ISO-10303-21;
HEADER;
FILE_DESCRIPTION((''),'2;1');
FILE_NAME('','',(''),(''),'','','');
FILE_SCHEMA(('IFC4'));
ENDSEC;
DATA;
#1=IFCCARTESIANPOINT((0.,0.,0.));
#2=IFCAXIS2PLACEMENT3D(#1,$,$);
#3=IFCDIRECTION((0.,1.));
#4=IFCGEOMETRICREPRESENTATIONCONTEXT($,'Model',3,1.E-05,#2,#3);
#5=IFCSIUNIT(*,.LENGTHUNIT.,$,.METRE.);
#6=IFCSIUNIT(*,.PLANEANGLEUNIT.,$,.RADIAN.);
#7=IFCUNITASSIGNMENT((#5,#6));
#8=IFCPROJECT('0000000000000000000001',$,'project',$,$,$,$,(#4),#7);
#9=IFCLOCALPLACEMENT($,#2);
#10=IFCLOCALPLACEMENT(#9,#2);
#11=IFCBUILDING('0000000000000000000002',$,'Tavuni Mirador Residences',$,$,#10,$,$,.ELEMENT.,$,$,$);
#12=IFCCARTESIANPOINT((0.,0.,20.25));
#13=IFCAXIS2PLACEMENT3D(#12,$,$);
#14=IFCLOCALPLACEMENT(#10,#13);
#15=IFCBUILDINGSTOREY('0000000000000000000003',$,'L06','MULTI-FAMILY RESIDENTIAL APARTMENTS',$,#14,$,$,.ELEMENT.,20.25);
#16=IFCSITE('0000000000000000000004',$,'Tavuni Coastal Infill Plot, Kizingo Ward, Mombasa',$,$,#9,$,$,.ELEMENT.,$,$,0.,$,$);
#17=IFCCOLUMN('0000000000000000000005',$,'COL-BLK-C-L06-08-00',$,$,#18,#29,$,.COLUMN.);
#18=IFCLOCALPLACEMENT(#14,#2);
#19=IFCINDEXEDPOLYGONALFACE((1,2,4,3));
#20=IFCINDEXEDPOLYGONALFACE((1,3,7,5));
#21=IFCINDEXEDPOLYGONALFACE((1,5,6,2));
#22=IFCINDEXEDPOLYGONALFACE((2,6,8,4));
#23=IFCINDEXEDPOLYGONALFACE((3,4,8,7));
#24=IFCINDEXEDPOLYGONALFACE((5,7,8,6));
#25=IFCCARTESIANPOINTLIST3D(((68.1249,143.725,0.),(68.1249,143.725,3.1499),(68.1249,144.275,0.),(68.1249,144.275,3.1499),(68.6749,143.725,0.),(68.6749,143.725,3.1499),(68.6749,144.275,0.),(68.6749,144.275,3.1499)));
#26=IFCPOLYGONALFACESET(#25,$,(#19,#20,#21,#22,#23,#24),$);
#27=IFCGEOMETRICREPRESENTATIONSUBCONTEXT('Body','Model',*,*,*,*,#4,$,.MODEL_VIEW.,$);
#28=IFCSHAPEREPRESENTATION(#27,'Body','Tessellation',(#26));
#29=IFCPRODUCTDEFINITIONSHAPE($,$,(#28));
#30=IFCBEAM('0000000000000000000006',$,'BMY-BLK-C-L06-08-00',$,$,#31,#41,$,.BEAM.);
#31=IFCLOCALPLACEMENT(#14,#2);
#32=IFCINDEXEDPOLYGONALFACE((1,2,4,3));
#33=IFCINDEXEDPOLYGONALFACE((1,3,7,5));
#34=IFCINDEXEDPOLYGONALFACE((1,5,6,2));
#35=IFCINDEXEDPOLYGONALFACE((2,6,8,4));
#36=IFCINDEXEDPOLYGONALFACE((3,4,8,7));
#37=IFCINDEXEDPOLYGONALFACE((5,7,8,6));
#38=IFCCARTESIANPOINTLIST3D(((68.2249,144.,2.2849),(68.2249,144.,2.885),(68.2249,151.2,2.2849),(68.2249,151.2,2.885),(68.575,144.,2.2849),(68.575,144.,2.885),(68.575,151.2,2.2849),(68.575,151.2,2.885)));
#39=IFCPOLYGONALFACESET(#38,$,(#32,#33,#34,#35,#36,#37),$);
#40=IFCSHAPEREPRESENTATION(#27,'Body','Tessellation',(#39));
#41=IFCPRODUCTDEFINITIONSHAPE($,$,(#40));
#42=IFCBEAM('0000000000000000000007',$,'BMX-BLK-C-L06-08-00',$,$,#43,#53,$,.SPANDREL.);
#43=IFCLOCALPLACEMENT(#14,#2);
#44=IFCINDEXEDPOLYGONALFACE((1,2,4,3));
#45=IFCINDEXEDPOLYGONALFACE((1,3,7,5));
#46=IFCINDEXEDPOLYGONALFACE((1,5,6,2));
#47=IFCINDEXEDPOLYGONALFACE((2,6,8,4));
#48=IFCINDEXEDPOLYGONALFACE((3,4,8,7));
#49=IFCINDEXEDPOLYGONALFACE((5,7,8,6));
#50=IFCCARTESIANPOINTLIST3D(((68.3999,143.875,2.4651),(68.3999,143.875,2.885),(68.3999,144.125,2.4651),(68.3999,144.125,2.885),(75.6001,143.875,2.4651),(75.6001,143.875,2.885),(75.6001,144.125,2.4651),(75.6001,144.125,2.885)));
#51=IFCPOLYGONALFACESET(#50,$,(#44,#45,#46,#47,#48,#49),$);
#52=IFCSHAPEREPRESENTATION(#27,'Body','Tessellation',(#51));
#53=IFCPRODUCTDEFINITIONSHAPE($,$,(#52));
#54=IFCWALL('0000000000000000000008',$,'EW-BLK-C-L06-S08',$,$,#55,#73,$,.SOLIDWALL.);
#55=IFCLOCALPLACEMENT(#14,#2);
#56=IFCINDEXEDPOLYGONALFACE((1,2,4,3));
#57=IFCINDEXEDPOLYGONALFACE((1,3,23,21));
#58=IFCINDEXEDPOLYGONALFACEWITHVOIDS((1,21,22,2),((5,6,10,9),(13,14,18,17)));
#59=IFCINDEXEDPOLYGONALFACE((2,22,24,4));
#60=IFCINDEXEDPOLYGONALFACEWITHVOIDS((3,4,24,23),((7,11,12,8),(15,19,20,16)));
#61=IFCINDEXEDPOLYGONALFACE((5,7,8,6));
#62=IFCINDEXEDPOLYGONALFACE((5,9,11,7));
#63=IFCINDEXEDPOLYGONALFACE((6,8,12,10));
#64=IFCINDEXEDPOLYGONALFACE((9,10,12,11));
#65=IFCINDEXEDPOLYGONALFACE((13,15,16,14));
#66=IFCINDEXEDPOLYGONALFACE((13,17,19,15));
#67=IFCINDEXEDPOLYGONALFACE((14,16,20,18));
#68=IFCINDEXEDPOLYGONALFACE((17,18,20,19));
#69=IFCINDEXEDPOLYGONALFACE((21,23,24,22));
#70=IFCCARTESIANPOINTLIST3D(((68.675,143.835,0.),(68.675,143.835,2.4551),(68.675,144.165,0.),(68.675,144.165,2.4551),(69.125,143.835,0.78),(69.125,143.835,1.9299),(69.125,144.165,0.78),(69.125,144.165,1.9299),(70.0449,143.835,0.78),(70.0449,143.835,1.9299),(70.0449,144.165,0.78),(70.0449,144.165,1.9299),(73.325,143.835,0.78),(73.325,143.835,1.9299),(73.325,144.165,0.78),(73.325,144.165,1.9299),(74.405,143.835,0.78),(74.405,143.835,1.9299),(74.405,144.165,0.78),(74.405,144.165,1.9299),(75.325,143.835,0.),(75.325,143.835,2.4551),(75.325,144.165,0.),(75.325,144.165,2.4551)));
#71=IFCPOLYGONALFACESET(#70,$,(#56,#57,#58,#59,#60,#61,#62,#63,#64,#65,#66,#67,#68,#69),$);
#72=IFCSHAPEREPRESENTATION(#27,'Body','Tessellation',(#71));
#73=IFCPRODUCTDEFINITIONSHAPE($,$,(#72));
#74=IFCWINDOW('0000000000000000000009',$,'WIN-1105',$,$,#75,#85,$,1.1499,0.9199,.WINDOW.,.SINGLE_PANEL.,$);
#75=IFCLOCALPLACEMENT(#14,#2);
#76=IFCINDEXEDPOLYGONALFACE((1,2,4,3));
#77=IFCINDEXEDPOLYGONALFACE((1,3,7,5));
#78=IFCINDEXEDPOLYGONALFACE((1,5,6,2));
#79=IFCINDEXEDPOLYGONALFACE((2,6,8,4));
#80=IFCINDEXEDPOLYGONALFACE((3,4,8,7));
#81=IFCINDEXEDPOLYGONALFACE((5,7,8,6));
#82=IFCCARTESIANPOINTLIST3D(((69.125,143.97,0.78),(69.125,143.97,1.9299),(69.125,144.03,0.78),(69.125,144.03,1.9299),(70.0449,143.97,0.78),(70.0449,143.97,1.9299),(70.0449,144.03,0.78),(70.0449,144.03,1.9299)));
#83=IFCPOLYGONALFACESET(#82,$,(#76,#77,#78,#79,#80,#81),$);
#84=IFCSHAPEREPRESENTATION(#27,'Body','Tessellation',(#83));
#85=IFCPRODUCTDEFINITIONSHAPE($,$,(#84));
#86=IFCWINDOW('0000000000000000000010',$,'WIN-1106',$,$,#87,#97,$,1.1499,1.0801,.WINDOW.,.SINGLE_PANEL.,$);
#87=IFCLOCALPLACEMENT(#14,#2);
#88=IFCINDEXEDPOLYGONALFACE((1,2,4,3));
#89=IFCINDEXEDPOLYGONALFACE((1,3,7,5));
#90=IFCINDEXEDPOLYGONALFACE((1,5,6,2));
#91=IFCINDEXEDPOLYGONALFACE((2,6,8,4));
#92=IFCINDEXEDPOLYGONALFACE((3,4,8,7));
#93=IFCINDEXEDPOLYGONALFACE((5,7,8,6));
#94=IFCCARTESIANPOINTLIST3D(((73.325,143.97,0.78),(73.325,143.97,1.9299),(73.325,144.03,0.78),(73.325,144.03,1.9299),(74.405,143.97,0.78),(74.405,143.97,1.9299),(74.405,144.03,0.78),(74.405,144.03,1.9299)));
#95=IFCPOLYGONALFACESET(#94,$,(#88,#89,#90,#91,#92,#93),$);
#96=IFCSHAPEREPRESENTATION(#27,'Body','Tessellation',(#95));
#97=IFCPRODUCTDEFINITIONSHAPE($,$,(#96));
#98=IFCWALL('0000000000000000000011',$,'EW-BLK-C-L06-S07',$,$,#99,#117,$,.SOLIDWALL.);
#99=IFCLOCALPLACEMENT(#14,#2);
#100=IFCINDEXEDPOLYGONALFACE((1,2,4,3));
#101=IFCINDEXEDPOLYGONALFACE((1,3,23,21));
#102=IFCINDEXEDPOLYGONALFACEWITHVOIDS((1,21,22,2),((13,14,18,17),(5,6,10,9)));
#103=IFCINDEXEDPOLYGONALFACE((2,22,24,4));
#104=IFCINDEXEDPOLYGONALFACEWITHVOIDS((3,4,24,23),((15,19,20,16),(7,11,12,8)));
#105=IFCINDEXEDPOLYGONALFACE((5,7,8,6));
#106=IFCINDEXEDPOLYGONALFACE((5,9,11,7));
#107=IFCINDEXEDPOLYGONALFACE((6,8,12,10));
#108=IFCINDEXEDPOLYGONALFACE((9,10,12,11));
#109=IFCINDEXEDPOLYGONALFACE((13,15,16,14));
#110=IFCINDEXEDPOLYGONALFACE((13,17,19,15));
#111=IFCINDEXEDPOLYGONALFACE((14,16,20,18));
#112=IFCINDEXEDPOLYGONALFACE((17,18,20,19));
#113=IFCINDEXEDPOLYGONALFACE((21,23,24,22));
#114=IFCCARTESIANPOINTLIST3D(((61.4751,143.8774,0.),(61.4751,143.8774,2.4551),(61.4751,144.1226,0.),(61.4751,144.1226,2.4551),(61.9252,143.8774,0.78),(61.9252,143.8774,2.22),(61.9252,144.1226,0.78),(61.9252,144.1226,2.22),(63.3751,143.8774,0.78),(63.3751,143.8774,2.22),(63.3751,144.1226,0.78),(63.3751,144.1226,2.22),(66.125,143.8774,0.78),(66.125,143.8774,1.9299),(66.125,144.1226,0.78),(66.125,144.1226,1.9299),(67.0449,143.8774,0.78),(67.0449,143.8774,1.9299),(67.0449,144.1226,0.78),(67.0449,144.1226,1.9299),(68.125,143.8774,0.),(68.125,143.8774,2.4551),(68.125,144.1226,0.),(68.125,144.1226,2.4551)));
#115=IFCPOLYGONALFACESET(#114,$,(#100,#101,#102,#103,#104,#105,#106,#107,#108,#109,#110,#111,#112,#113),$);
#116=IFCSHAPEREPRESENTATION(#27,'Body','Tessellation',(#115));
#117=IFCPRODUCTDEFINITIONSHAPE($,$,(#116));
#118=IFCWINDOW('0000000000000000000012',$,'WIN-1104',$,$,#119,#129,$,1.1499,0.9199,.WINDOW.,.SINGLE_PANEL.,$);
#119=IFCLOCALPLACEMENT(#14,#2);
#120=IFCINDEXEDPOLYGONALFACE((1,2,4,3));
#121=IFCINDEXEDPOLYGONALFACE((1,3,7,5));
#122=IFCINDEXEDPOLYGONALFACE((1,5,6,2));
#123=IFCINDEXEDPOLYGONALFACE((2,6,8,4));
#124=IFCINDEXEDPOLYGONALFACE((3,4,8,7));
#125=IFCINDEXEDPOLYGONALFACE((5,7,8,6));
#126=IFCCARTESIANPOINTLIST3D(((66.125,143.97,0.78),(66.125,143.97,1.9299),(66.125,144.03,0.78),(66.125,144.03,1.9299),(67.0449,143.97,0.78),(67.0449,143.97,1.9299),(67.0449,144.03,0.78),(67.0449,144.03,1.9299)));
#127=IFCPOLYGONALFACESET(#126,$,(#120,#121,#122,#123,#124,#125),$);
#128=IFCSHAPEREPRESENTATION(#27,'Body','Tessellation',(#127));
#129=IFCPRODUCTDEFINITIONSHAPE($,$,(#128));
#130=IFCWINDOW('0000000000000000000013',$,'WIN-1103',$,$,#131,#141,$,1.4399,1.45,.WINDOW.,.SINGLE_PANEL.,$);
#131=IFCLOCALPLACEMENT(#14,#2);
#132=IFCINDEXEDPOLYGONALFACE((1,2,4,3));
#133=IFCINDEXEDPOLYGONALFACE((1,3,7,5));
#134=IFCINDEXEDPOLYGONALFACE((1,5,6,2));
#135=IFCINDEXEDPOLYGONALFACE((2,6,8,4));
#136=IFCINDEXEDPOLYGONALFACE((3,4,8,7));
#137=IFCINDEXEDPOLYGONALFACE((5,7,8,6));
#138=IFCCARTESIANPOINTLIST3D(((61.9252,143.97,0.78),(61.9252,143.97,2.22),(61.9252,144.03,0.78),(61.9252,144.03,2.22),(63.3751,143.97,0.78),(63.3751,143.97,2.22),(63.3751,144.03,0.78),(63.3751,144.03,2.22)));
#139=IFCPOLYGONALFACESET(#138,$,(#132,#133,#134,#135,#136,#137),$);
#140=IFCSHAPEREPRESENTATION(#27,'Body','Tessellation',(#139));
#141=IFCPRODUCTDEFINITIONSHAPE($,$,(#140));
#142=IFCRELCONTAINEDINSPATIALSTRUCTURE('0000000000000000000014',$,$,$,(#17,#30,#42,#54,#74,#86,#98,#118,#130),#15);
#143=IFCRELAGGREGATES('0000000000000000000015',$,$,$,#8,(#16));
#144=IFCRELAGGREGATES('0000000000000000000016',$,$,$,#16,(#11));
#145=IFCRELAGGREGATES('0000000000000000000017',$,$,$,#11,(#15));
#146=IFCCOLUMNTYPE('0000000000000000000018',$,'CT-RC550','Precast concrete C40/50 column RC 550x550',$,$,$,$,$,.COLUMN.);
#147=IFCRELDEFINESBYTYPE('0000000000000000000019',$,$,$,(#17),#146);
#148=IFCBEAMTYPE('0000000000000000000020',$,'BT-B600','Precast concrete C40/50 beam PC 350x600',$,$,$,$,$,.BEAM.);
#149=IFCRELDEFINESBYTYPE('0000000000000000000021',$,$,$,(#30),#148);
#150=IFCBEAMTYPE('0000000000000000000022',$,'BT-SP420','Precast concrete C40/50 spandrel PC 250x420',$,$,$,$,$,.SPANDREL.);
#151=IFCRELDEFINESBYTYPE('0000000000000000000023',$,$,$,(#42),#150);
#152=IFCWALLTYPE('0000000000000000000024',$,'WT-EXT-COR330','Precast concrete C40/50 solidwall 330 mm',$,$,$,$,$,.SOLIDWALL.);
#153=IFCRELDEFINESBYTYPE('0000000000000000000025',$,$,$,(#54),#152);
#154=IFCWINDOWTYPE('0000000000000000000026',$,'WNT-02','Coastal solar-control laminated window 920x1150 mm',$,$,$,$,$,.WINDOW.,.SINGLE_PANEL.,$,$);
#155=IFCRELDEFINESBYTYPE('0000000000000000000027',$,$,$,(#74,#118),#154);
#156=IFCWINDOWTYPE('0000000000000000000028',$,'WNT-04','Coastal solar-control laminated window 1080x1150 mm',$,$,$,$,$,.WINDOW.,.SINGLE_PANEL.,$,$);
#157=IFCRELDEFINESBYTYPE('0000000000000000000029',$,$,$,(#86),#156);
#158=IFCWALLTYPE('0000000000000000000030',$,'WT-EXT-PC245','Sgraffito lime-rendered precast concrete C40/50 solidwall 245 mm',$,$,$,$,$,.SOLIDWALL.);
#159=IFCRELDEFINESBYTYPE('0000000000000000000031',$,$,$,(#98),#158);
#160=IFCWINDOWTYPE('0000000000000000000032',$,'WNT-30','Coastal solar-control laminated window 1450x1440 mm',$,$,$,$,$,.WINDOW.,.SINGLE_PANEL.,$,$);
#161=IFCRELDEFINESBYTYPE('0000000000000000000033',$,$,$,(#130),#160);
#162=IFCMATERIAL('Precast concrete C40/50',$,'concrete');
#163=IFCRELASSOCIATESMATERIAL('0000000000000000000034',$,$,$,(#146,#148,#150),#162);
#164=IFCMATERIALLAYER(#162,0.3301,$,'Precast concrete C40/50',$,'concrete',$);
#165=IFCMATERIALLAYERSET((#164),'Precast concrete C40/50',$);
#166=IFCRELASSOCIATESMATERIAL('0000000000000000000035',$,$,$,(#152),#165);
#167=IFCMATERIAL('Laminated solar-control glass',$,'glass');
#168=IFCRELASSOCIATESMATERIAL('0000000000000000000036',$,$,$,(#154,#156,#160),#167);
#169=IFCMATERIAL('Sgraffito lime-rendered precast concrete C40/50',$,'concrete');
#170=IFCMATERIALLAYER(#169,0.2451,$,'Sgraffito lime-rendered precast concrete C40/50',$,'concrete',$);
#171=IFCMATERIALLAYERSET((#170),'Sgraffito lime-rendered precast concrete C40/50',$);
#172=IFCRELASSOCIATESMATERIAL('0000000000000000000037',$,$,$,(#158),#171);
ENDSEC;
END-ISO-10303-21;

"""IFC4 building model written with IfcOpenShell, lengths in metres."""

from ifc_helpers import new_model, si_unit, direction, frame, frame_2d, origin, origin_2d, place, context, subcontext, project, spatial, rectangle, extrude, material, layer, layer_set, material_profile, profile_set, type_object, element, fill, save


model = new_model("IFC4")

# Units and contexts
model_context = context("Model", 3, precision=1e-05, world=origin(), true_north=direction((0.0, 1.0)))
body_context = subcontext(model_context, "Body", "Model", "MODEL_VIEW")
ifc_project = project(units=[si_unit("LENGTHUNIT", "METRE"), si_unit("PLANEANGLEUNIT", "RADIAN")], contexts=[model_context])

# Site, building, storey
site_placement = place(None, origin())
site = spatial("IfcSite", under=ifc_project, at=site_placement, Name="Tavuni Coastal Infill Plot, Kizingo Ward, Mombasa", CompositionType="ELEMENT", RefElevation=0.0)
building_placement = place(site_placement, origin())
building = spatial("IfcBuilding", under=site, at=building_placement, Name="Tavuni Mirador Residences", CompositionType="ELEMENT")
storey_placement = place(building_placement, frame((0.0, 0.0, 20.25)))
storey = spatial("IfcBuildingStorey", under=building, at=storey_placement, Name="L06", Description="MULTI-FAMILY RESIDENTIAL APARTMENTS", CompositionType="ELEMENT", Elevation=20.25)

# Column
ifc_material_1 = material(Name="Precast concrete C40/50", Category="concrete")
ifc_material_profile_1 = material_profile(ifc_material_1, rectangle(XDim=0.55, YDim=0.55, at=origin_2d()), Name="RC 550x550", Category="concrete")
ifc_profile_set_1 = profile_set([ifc_material_profile_1], Name="Precast concrete C40/50")
column_type = type_object("IfcColumnType", Name="CT-RC550", Description="Precast concrete C40/50 column RC 550x550", PredefinedType="COLUMN", material=ifc_profile_set_1)
column_placement = place(storey_placement, frame((68.3999, 144.0, 0.0), z_axis=(0.0, 0.0, 1.0), x_axis=(1.0, 0.0, 0.0)))
element("IfcColumn", 1, at=column_placement, inside=storey, type_object=column_type, Name="COL-BLK-C-L06-08-00", PredefinedType="COLUMN", context=body_context, shape_type="SweptSolid", body=[
    extrude(rectangle(XDim=0.55, YDim=0.55, at=origin_2d()), origin(), (0.0, 0.0, 1.0), 3.1499),
])

# Beams
ifc_material_profile_2 = material_profile(ifc_material_1, rectangle(XDim=0.3501, YDim=0.6001, at=origin_2d()), Name="PC 350x600", Category="concrete")
ifc_profile_set_2 = profile_set([ifc_material_profile_2], Name="Precast concrete C40/50")
beam_type_1 = type_object("IfcBeamType", Name="BT-B600", Description="Precast concrete C40/50 beam PC 350x600", PredefinedType="BEAM", material=ifc_profile_set_2)
beam_1_placement = place(storey_placement, frame((68.3999, 144.0, 2.585), z_axis=(0.0, 1.0, 0.0), x_axis=(-1.0, 0.0, 0.0)))
element("IfcBeam", 2, at=beam_1_placement, inside=storey, type_object=beam_type_1, Name="BMY-BLK-C-L06-08-00", PredefinedType="BEAM", context=body_context, shape_type="SweptSolid", body=[
    extrude(rectangle(XDim=0.3501, YDim=0.6001, at=origin_2d()), origin(), (0.0, 0.0, 1.0), 7.2),
])
ifc_material_profile_3 = material_profile(ifc_material_1, rectangle(XDim=0.25, YDim=0.4199, at=origin_2d()), Name="PC 250x420", Category="concrete")
ifc_profile_set_3 = profile_set([ifc_material_profile_3], Name="Precast concrete C40/50")
beam_type_2 = type_object("IfcBeamType", Name="BT-SP420", Description="Precast concrete C40/50 spandrel PC 250x420", PredefinedType="SPANDREL", material=ifc_profile_set_3)
beam_2_placement = place(storey_placement, frame((68.3999, 144.0, 2.675), z_axis=(1.0, 0.0, 0.0), x_axis=(0.0, 1.0, 0.0)))
element("IfcBeam", 3, at=beam_2_placement, inside=storey, type_object=beam_type_2, Name="BMX-BLK-C-L06-08-00", PredefinedType="SPANDREL", context=body_context, shape_type="SweptSolid", body=[
    extrude(rectangle(XDim=0.25, YDim=0.4199, at=origin_2d()), origin(), (0.0, 0.0, 1.0), 7.2002),
])

# Walls, openings, windows
ifc_layer_1 = layer(ifc_material_1, 0.3301, Name="Precast concrete C40/50", Category="concrete")
ifc_layer_set_1 = layer_set([ifc_layer_1], Name="Precast concrete C40/50")
wall_type_1 = type_object("IfcWallType", Name="WT-EXT-COR330", Description="Precast concrete C40/50 solidwall 330 mm", PredefinedType="SOLIDWALL", material=ifc_layer_set_1)
wall_1_placement = place(storey_placement, frame((68.675, 144.0, 0.0), z_axis=(0.0, 0.0, 1.0), x_axis=(1.0, 0.0, 0.0)))
wall_1 = element("IfcWall", 4, at=wall_1_placement, inside=storey, type_object=wall_type_1, Name="EW-BLK-C-L06-S08", PredefinedType="SOLIDWALL", context=body_context, shape_type="SweptSolid", body=[
    extrude(rectangle(XDim=6.6499, YDim=0.3301, at=frame_2d((3.325, 0.0))), origin(), (0.0, 0.0, 1.0), 2.4551),
])
opening_1_placement = place(wall_1_placement, frame((0.45, 0.0, 0.78)))
opening_1 = element("IfcOpeningElement", 5, at=opening_1_placement, cuts=wall_1, PredefinedType="OPENING", context=body_context, shape_type="SweptSolid", body=[
    extrude(rectangle(XDim=0.9199, YDim=1.1499, at=frame_2d((0.46, 0.575))), frame((0.0, 0.175, 0.0), z_axis=(0.0, -1.0, 0.0), x_axis=(1.0, 0.0, 0.0)), (0.0, 0.0, 1.0), 0.3501),
])
opening_2_placement = place(wall_1_placement, frame((4.6499, 0.0, 0.78)))
opening_2 = element("IfcOpeningElement", 6, at=opening_2_placement, cuts=wall_1, PredefinedType="OPENING", context=body_context, shape_type="SweptSolid", body=[
    extrude(rectangle(XDim=1.0801, YDim=1.1499, at=frame_2d((0.54, 0.575))), frame((0.0, 0.175, 0.0), z_axis=(0.0, -1.0, 0.0), x_axis=(1.0, 0.0, 0.0)), (0.0, 0.0, 1.0), 0.3501),
])
ifc_material_2 = material(Name="Laminated solar-control glass", Category="glass")
window_type_1 = type_object("IfcWindowType", Name="WNT-02", Description="Coastal solar-control laminated window 920x1150 mm", PartitioningType="SINGLE_PANEL", PredefinedType="WINDOW", material=ifc_material_2)
window_1_placement = place(opening_1_placement, origin())
window_1 = element("IfcWindow", 7, at=window_1_placement, inside=storey, type_object=window_type_1, Name="WIN-1105", OverallHeight=1.1499, OverallWidth=0.9199, PartitioningType="SINGLE_PANEL", PredefinedType="WINDOW", context=body_context, shape_type="SweptSolid", body=[
    extrude(rectangle(XDim=0.9199, YDim=1.1499, at=frame_2d((0.46, 0.575))), frame((0.0, 0.03, 0.0), z_axis=(0.0, -1.0, 0.0), x_axis=(1.0, 0.0, 0.0)), (0.0, 0.0, 1.0), 0.0601),
])
fill(opening_1, window_1)
window_type_2 = type_object("IfcWindowType", Name="WNT-04", Description="Coastal solar-control laminated window 1080x1150 mm", PartitioningType="SINGLE_PANEL", PredefinedType="WINDOW", material=ifc_material_2)
window_2_placement = place(opening_2_placement, origin())
window_2 = element("IfcWindow", 8, at=window_2_placement, inside=storey, type_object=window_type_2, Name="WIN-1106", OverallHeight=1.1499, OverallWidth=1.0801, PartitioningType="SINGLE_PANEL", PredefinedType="WINDOW", context=body_context, shape_type="SweptSolid", body=[
    extrude(rectangle(XDim=1.0801, YDim=1.1499, at=frame_2d((0.54, 0.575))), frame((0.0, 0.03, 0.0), z_axis=(0.0, -1.0, 0.0), x_axis=(1.0, 0.0, 0.0)), (0.0, 0.0, 1.0), 0.0601),
])
fill(opening_2, window_2)
ifc_material_3 = material(Name="Sgraffito lime-rendered precast concrete C40/50", Category="concrete")
ifc_layer_2 = layer(ifc_material_3, 0.2451, Name="Sgraffito lime-rendered precast concrete C40/50", Category="concrete")
ifc_layer_set_2 = layer_set([ifc_layer_2], Name="Sgraffito lime-rendered precast concrete C40/50")
wall_type_2 = type_object("IfcWallType", Name="WT-EXT-PC245", Description="Sgraffito lime-rendered precast concrete C40/50 solidwall 245 mm", PredefinedType="SOLIDWALL", material=ifc_layer_set_2)
wall_2_placement = place(storey_placement, frame((61.4751, 144.0, 0.0), z_axis=(0.0, 0.0, 1.0), x_axis=(1.0, 0.0, 0.0)))
wall_2 = element("IfcWall", 9, at=wall_2_placement, inside=storey, type_object=wall_type_2, Name="EW-BLK-C-L06-S07", PredefinedType="SOLIDWALL", context=body_context, shape_type="SweptSolid", body=[
    extrude(rectangle(XDim=6.6499, YDim=0.2451, at=frame_2d((3.325, 0.0))), origin(), (0.0, 0.0, 1.0), 2.4551),
])
opening_3_placement = place(wall_2_placement, frame((0.45, 0.0, 0.78)))
opening_3 = element("IfcOpeningElement", 10, at=opening_3_placement, cuts=wall_2, PredefinedType="OPENING", context=body_context, shape_type="SweptSolid", body=[
    extrude(rectangle(XDim=1.45, YDim=1.4399, at=frame_2d((0.7251, 0.72))), frame((0.0, 0.1326, 0.0), z_axis=(0.0, -1.0, 0.0), x_axis=(1.0, 0.0, 0.0)), (0.0, 0.0, 1.0), 0.2651),
])
opening_4_placement = place(wall_2_placement, frame((4.6499, 0.0, 0.78)))
opening_4 = element("IfcOpeningElement", 11, at=opening_4_placement, cuts=wall_2, PredefinedType="OPENING", context=body_context, shape_type="SweptSolid", body=[
    extrude(rectangle(XDim=0.9199, YDim=1.1499, at=frame_2d((0.46, 0.575))), frame((0.0, 0.1326, 0.0), z_axis=(0.0, -1.0, 0.0), x_axis=(1.0, 0.0, 0.0)), (0.0, 0.0, 1.0), 0.2651),
])
window_3_placement = place(opening_4_placement, origin())
window_3 = element("IfcWindow", 12, at=window_3_placement, inside=storey, type_object=window_type_1, Name="WIN-1104", OverallHeight=1.1499, OverallWidth=0.9199, PartitioningType="SINGLE_PANEL", PredefinedType="WINDOW", context=body_context, shape_type="SweptSolid", body=[
    extrude(rectangle(XDim=0.9199, YDim=1.1499, at=frame_2d((0.46, 0.575))), frame((0.0, 0.03, 0.0), z_axis=(0.0, -1.0, 0.0), x_axis=(1.0, 0.0, 0.0)), (0.0, 0.0, 1.0), 0.0601),
])
fill(opening_4, window_3)
window_type_3 = type_object("IfcWindowType", Name="WNT-30", Description="Coastal solar-control laminated window 1450x1440 mm", PartitioningType="SINGLE_PANEL", PredefinedType="WINDOW", material=ifc_material_2)
window_4_placement = place(opening_3_placement, origin())
window_4 = element("IfcWindow", 13, at=window_4_placement, inside=storey, type_object=window_type_3, Name="WIN-1103", OverallHeight=1.4399, OverallWidth=1.45, PartitioningType="SINGLE_PANEL", PredefinedType="WINDOW", context=body_context, shape_type="SweptSolid", body=[
    extrude(rectangle(XDim=1.45, YDim=1.4399, at=frame_2d((0.7251, 0.72))), frame((0.0, 0.03, 0.0), z_axis=(0.0, -1.0, 0.0), x_axis=(1.0, 0.0, 0.0)), (0.0, 0.0, 1.0), 0.0601),
])
fill(opening_3, window_4)

save(model, "model.ifc")
